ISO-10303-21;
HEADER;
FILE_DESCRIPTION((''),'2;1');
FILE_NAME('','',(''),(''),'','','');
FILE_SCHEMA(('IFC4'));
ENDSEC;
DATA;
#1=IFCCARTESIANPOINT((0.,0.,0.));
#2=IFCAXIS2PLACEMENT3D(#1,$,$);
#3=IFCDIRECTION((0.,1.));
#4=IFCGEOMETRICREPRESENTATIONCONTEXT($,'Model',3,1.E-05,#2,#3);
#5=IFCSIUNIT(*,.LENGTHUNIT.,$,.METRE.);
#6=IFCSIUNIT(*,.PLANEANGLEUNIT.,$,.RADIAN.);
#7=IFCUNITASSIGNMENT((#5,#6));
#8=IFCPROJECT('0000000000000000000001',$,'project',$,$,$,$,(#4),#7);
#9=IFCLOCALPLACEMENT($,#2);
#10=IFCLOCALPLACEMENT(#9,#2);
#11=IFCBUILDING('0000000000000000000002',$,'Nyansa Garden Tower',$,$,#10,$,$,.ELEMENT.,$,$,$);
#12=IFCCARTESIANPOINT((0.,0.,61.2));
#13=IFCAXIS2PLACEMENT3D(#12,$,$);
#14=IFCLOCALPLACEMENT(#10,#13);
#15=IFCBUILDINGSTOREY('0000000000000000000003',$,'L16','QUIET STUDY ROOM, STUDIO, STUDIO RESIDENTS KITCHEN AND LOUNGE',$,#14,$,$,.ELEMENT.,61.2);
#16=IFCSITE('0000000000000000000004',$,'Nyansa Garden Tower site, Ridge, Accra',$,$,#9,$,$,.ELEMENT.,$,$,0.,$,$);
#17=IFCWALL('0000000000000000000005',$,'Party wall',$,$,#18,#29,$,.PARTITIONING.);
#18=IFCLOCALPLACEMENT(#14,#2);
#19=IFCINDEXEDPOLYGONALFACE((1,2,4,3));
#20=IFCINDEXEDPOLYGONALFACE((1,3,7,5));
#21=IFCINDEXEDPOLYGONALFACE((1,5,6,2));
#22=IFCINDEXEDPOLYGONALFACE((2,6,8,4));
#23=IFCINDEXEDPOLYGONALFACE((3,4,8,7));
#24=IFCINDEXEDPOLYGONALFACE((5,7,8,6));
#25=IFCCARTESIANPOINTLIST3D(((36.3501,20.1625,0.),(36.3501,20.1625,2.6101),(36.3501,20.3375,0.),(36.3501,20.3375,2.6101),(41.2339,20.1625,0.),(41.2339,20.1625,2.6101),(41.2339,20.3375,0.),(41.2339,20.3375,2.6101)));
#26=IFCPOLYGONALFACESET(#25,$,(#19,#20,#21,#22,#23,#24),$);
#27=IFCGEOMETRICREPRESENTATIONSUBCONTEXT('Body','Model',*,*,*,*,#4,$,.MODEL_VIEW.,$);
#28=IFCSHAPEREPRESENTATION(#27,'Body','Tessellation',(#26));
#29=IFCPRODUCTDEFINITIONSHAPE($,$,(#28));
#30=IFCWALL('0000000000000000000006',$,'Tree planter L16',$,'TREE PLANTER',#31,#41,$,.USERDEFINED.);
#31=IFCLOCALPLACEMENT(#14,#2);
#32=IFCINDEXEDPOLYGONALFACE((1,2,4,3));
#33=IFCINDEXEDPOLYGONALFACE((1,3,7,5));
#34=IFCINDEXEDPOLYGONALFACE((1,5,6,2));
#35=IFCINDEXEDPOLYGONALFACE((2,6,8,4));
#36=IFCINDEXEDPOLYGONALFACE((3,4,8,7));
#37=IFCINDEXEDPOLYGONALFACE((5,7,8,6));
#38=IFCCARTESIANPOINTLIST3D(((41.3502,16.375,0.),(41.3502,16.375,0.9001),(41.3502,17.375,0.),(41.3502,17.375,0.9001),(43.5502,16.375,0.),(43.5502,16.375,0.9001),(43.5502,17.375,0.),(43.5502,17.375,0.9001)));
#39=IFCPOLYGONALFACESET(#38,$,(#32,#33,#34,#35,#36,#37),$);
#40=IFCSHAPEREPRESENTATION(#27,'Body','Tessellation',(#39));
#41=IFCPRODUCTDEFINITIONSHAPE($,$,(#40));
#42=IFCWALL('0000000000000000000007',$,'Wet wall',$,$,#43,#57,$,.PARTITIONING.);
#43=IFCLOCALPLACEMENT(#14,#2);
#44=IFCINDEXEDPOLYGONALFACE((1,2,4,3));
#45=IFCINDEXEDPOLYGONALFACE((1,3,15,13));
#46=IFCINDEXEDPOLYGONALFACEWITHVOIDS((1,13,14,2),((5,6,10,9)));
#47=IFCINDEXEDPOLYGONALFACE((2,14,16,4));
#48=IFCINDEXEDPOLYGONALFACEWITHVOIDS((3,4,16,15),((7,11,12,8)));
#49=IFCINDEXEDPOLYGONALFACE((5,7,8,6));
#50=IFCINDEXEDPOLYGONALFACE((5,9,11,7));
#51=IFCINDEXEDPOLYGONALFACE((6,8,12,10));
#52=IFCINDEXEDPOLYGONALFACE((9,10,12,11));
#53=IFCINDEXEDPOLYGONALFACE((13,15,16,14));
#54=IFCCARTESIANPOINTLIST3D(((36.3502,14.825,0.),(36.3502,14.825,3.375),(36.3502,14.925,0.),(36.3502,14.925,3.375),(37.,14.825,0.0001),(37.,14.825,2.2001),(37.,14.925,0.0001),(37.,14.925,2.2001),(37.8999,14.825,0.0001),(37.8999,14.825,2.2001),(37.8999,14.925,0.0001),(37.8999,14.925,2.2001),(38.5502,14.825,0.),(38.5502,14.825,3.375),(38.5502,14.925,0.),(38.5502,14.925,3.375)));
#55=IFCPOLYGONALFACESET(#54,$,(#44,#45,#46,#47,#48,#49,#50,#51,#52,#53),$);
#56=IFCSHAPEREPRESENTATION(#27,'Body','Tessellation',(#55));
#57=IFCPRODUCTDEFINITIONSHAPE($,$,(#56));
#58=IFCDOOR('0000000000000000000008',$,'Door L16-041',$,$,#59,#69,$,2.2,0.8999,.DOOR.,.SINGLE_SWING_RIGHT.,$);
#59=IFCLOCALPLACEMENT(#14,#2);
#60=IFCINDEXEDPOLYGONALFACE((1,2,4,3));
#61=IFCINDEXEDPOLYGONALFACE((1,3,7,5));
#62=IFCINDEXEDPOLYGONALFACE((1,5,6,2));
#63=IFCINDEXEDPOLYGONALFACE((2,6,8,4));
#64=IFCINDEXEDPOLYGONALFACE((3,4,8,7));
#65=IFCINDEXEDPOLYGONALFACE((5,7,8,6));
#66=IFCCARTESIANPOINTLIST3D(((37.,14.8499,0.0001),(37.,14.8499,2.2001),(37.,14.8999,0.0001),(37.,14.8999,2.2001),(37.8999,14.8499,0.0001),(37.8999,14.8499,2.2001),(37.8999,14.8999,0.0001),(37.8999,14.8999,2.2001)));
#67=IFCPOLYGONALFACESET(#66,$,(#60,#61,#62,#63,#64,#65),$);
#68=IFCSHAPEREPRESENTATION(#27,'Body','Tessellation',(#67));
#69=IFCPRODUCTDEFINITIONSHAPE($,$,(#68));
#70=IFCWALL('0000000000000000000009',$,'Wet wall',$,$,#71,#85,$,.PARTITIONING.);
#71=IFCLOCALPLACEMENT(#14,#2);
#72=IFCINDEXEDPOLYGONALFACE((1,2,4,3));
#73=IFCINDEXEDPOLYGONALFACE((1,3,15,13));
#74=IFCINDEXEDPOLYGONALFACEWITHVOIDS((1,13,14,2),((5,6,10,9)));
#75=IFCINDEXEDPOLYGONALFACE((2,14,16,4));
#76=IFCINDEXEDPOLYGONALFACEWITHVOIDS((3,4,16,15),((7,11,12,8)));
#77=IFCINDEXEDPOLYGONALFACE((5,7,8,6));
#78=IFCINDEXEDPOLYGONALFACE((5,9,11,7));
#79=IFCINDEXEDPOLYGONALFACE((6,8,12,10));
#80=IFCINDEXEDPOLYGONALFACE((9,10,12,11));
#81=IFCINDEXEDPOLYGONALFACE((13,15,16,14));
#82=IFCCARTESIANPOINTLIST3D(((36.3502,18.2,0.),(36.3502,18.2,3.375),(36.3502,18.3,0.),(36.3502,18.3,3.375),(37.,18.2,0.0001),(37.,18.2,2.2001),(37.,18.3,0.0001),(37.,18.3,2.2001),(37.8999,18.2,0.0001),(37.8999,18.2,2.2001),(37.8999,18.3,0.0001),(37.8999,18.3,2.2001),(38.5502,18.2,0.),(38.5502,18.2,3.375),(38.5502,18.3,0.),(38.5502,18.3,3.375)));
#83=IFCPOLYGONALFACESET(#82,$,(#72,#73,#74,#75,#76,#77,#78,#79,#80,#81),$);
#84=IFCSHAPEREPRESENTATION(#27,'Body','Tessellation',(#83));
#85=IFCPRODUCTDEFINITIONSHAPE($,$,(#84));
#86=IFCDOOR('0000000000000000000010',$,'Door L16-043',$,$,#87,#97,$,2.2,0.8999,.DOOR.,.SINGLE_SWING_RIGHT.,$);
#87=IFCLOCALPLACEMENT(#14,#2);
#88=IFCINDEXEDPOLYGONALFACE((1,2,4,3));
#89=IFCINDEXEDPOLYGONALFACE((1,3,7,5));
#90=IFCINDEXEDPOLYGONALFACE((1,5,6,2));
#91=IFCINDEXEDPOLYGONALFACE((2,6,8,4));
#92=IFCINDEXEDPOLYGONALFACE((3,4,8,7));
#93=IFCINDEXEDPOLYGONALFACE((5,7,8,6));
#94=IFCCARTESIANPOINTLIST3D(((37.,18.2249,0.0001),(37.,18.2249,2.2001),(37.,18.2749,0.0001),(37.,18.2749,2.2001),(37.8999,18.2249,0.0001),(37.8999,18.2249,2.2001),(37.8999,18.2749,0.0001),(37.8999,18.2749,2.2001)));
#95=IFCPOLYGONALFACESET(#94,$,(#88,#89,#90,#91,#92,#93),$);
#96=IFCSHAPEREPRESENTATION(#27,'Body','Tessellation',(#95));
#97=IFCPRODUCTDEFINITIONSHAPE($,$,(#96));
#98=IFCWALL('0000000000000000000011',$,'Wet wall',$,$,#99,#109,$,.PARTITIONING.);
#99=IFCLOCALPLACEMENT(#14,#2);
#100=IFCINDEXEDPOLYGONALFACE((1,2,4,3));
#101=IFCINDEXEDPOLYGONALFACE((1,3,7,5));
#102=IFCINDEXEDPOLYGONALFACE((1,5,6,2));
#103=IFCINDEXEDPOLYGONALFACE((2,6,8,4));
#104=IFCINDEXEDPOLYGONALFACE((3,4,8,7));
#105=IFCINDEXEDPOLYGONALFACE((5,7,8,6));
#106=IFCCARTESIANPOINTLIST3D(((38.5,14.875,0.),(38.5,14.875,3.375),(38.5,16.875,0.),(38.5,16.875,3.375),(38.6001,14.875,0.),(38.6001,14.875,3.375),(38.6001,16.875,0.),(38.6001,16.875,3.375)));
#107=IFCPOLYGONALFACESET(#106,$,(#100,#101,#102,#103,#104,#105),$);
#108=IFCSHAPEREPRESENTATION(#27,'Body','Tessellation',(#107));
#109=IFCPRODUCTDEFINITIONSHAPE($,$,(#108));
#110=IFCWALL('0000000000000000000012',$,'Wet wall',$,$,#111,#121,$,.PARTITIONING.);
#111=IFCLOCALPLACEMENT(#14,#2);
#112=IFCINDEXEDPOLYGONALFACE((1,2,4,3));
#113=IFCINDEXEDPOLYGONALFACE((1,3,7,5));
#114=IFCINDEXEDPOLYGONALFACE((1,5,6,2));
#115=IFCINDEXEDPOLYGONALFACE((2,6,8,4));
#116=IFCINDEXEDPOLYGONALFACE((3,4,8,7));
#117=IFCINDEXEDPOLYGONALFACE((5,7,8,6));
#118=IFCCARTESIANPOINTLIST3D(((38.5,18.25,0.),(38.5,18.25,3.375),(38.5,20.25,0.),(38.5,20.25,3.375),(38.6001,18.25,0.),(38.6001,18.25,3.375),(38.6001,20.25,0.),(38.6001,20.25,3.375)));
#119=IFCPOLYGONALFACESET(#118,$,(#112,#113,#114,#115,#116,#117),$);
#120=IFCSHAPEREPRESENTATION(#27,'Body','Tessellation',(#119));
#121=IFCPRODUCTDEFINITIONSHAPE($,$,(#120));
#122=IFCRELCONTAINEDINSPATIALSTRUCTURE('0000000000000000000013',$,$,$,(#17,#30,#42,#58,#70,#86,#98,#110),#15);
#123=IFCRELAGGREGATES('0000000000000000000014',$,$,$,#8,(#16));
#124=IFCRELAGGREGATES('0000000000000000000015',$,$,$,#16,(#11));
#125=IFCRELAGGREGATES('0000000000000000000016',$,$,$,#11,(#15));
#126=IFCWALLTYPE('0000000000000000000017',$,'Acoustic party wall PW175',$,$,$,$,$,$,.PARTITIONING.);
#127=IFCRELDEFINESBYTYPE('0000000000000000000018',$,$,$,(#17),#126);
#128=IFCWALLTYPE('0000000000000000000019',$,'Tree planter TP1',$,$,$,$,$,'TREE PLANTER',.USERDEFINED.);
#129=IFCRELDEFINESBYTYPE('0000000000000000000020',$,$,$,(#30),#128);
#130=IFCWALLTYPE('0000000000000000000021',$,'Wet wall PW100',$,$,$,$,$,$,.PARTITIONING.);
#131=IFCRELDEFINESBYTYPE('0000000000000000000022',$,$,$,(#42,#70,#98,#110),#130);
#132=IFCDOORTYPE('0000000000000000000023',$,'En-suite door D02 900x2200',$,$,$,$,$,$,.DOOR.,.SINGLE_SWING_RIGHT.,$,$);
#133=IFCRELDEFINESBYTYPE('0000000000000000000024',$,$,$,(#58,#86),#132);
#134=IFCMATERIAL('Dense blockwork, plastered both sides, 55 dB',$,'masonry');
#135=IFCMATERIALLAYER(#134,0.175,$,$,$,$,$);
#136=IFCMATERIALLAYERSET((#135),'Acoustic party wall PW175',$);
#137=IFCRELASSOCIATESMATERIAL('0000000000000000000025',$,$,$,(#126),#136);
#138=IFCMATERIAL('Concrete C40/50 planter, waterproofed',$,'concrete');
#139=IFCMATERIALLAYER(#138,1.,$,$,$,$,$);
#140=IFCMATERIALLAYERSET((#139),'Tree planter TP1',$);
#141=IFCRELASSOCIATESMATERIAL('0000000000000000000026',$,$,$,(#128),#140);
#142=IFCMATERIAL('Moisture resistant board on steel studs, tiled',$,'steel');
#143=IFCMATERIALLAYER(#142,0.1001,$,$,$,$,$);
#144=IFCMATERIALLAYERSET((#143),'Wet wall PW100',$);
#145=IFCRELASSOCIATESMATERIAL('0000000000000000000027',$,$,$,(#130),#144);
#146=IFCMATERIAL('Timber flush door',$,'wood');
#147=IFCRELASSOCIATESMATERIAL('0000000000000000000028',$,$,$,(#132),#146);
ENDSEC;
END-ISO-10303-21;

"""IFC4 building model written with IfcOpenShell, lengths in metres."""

from ifc_helpers import new_model, si_unit, direction, frame, frame_2d, origin, place, context, subcontext, project, spatial, rectangle, extrude, material, layer, layer_set, type_object, element, fill, save


model = new_model("IFC4")

# Units and contexts
model_context = context("Model", 3, precision=1e-05, world=origin(), true_north=direction((0.0, 1.0)))
body_context = subcontext(model_context, "Body", "Model", "MODEL_VIEW")
ifc_project = project(units=[si_unit("LENGTHUNIT", "METRE"), si_unit("PLANEANGLEUNIT", "RADIAN")], contexts=[model_context])

# Site, building, storey
site_placement = place(None, origin())
site = spatial("IfcSite", under=ifc_project, at=site_placement, Name="Nyansa Garden Tower site, Ridge, Accra", CompositionType="ELEMENT", RefElevation=0.0)
building_placement = place(site_placement, origin())
building = spatial("IfcBuilding", under=site, at=building_placement, Name="Nyansa Garden Tower", CompositionType="ELEMENT")
storey_placement = place(building_placement, frame((0.0, 0.0, 61.2)))
storey = spatial("IfcBuildingStorey", under=building, at=storey_placement, Name="L16", Description="QUIET STUDY ROOM, STUDIO, STUDIO RESIDENTS KITCHEN AND LOUNGE", CompositionType="ELEMENT", Elevation=61.2)

# Walls
ifc_material_1 = material(Name="Dense blockwork, plastered both sides, 55 dB", Category="masonry")
ifc_layer_1 = layer(ifc_material_1, 0.175)
ifc_layer_set_1 = layer_set([ifc_layer_1], Name="Acoustic party wall PW175")
wall_type_1 = type_object("IfcWallType", Name="Acoustic party wall PW175", PredefinedType="PARTITIONING", material=ifc_layer_set_1)
wall_1_placement = place(storey_placement, frame((36.3501, 20.25, 0.0), z_axis=(0.0, 0.0, 1.0), x_axis=(1.0, 0.0, 0.0)))
element("IfcWall", 1, at=wall_1_placement, inside=storey, type_object=wall_type_1, Name="Party wall", PredefinedType="PARTITIONING", context=body_context, shape_type="SweptSolid", body=[
    extrude(rectangle(XDim=4.8838, YDim=0.175, at=frame_2d((2.4419, 0.0))), origin(), (0.0, 0.0, 1.0), 2.6101),
])
ifc_material_2 = material(Name="Concrete C40/50 planter, waterproofed", Category="concrete")
ifc_layer_2 = layer(ifc_material_2, 1.0)
ifc_layer_set_2 = layer_set([ifc_layer_2], Name="Tree planter TP1")
wall_type_2 = type_object("IfcWallType", Name="Tree planter TP1", ElementType="TREE PLANTER", PredefinedType="USERDEFINED", material=ifc_layer_set_2)
wall_2_placement = place(storey_placement, frame((41.3501, 16.875, 0.0), z_axis=(0.0, 0.0, 1.0), x_axis=(1.0, 0.0, 0.0)))
element("IfcWall", 2, at=wall_2_placement, inside=storey, type_object=wall_type_2, Name="Tree planter L16", ObjectType="TREE PLANTER", PredefinedType="USERDEFINED", context=body_context, shape_type="SweptSolid", body=[
    extrude(rectangle(XDim=2.2, YDim=1.0, at=frame_2d((1.1001, 0.0))), origin(), (0.0, 0.0, 1.0), 0.9001),
])

# Walls, openings, doors
ifc_material_3 = material(Name="Moisture resistant board on steel studs, tiled", Category="steel")
ifc_layer_3 = layer(ifc_material_3, 0.1001)
ifc_layer_set_3 = layer_set([ifc_layer_3], Name="Wet wall PW100")
wall_type_3 = type_object("IfcWallType", Name="Wet wall PW100", PredefinedType="PARTITIONING", material=ifc_layer_set_3)
wall_3_placement = place(storey_placement, frame((36.3501, 14.875, 0.0), z_axis=(0.0, 0.0, 1.0), x_axis=(1.0, 0.0, 0.0)))
wall_3 = element("IfcWall", 3, at=wall_3_placement, inside=storey, type_object=wall_type_3, Name="Wet wall", PredefinedType="PARTITIONING", context=body_context, shape_type="SweptSolid", body=[
    extrude(rectangle(XDim=2.2, YDim=0.1001, at=frame_2d((1.1001, 0.0))), origin(), (0.0, 0.0, 1.0), 3.375),
])
opening_1_placement = place(wall_3_placement, frame((0.6499, 0.0, 0.0)))
opening_1 = element("IfcOpeningElement", 4, at=opening_1_placement, cuts=wall_3, PredefinedType="OPENING", context=body_context, shape_type="SweptSolid", body=[
    extrude(rectangle(XDim=0.8999, YDim=2.2, at=frame_2d((0.45, 1.1001))), frame((0.0, 0.0601, 0.0), z_axis=(0.0, -1.0, 0.0), x_axis=(1.0, 0.0, 0.0)), (0.0, 0.0, 1.0), 0.1201),
])
ifc_material_4 = material(Name="Timber flush door", Category="wood")
door_type = type_object("IfcDoorType", Name="En-suite door D02 900x2200", OperationType="SINGLE_SWING_RIGHT", PredefinedType="DOOR", material=ifc_material_4)
door_1_placement = place(opening_1_placement, origin())
door_1 = element("IfcDoor", 5, at=door_1_placement, inside=storey, type_object=door_type, Name="Door L16-041", OperationType="SINGLE_SWING_RIGHT", OverallHeight=2.2, OverallWidth=0.8999, PredefinedType="DOOR", context=body_context, shape_type="SweptSolid", body=[
    extrude(rectangle(XDim=0.8999, YDim=2.2, at=frame_2d((0.45, 1.1001))), frame((0.0, 0.0249, 0.0), z_axis=(0.0, -1.0, 0.0), x_axis=(1.0, 0.0, 0.0)), (0.0, 0.0, 1.0), 0.05),
])
fill(opening_1, door_1)
wall_4_placement = place(storey_placement, frame((36.3501, 18.25, 0.0), z_axis=(0.0, 0.0, 1.0), x_axis=(1.0, 0.0, 0.0)))
wall_4 = element("IfcWall", 6, at=wall_4_placement, inside=storey, type_object=wall_type_3, Name="Wet wall", PredefinedType="PARTITIONING", context=body_context, shape_type="SweptSolid", body=[
    extrude(rectangle(XDim=2.2, YDim=0.1001, at=frame_2d((1.1001, 0.0))), origin(), (0.0, 0.0, 1.0), 3.375),
])
opening_2_placement = place(wall_4_placement, frame((0.6499, 0.0, 0.0)))
opening_2 = element("IfcOpeningElement", 7, at=opening_2_placement, cuts=wall_4, PredefinedType="OPENING", context=body_context, shape_type="SweptSolid", body=[
    extrude(rectangle(XDim=0.8999, YDim=2.2, at=frame_2d((0.45, 1.1001))), frame((0.0, 0.0601, 0.0), z_axis=(0.0, -1.0, 0.0), x_axis=(1.0, 0.0, 0.0)), (0.0, 0.0, 1.0), 0.1201),
])
door_2_placement = place(opening_2_placement, origin())
door_2 = element("IfcDoor", 8, at=door_2_placement, inside=storey, type_object=door_type, Name="Door L16-043", OperationType="SINGLE_SWING_RIGHT", OverallHeight=2.2, OverallWidth=0.8999, PredefinedType="DOOR", context=body_context, shape_type="SweptSolid", body=[
    extrude(rectangle(XDim=0.8999, YDim=2.2, at=frame_2d((0.45, 1.1001))), frame((0.0, 0.0249, 0.0), z_axis=(0.0, -1.0, 0.0), x_axis=(1.0, 0.0, 0.0)), (0.0, 0.0, 1.0), 0.05),
])
fill(opening_2, door_2)

# Walls
for number, where, z_axis, x_axis, name in (
    (9, (38.55, 14.875, 0.0), (0.0, 0.0, 1.0), (0.0, 1.0, 0.0), "Wet wall"),
    (10, (38.55, 18.25, 0.0), (0.0, 0.0, 1.0), (0.0, 1.0, 0.0), "Wet wall"),
):
    element("IfcWall", number, at=place(storey_placement, frame(where, z_axis=z_axis, x_axis=x_axis)), inside=storey, type_object=wall_type_3, Name=name, PredefinedType="PARTITIONING", context=body_context, shape_type="SweptSolid", body=[
        extrude(rectangle(XDim=2.0, YDim=0.1001, at=frame_2d((1.0, 0.0))), origin(), (0.0, 0.0, 1.0), 3.375),
    ])

save(model, "model.ifc")
